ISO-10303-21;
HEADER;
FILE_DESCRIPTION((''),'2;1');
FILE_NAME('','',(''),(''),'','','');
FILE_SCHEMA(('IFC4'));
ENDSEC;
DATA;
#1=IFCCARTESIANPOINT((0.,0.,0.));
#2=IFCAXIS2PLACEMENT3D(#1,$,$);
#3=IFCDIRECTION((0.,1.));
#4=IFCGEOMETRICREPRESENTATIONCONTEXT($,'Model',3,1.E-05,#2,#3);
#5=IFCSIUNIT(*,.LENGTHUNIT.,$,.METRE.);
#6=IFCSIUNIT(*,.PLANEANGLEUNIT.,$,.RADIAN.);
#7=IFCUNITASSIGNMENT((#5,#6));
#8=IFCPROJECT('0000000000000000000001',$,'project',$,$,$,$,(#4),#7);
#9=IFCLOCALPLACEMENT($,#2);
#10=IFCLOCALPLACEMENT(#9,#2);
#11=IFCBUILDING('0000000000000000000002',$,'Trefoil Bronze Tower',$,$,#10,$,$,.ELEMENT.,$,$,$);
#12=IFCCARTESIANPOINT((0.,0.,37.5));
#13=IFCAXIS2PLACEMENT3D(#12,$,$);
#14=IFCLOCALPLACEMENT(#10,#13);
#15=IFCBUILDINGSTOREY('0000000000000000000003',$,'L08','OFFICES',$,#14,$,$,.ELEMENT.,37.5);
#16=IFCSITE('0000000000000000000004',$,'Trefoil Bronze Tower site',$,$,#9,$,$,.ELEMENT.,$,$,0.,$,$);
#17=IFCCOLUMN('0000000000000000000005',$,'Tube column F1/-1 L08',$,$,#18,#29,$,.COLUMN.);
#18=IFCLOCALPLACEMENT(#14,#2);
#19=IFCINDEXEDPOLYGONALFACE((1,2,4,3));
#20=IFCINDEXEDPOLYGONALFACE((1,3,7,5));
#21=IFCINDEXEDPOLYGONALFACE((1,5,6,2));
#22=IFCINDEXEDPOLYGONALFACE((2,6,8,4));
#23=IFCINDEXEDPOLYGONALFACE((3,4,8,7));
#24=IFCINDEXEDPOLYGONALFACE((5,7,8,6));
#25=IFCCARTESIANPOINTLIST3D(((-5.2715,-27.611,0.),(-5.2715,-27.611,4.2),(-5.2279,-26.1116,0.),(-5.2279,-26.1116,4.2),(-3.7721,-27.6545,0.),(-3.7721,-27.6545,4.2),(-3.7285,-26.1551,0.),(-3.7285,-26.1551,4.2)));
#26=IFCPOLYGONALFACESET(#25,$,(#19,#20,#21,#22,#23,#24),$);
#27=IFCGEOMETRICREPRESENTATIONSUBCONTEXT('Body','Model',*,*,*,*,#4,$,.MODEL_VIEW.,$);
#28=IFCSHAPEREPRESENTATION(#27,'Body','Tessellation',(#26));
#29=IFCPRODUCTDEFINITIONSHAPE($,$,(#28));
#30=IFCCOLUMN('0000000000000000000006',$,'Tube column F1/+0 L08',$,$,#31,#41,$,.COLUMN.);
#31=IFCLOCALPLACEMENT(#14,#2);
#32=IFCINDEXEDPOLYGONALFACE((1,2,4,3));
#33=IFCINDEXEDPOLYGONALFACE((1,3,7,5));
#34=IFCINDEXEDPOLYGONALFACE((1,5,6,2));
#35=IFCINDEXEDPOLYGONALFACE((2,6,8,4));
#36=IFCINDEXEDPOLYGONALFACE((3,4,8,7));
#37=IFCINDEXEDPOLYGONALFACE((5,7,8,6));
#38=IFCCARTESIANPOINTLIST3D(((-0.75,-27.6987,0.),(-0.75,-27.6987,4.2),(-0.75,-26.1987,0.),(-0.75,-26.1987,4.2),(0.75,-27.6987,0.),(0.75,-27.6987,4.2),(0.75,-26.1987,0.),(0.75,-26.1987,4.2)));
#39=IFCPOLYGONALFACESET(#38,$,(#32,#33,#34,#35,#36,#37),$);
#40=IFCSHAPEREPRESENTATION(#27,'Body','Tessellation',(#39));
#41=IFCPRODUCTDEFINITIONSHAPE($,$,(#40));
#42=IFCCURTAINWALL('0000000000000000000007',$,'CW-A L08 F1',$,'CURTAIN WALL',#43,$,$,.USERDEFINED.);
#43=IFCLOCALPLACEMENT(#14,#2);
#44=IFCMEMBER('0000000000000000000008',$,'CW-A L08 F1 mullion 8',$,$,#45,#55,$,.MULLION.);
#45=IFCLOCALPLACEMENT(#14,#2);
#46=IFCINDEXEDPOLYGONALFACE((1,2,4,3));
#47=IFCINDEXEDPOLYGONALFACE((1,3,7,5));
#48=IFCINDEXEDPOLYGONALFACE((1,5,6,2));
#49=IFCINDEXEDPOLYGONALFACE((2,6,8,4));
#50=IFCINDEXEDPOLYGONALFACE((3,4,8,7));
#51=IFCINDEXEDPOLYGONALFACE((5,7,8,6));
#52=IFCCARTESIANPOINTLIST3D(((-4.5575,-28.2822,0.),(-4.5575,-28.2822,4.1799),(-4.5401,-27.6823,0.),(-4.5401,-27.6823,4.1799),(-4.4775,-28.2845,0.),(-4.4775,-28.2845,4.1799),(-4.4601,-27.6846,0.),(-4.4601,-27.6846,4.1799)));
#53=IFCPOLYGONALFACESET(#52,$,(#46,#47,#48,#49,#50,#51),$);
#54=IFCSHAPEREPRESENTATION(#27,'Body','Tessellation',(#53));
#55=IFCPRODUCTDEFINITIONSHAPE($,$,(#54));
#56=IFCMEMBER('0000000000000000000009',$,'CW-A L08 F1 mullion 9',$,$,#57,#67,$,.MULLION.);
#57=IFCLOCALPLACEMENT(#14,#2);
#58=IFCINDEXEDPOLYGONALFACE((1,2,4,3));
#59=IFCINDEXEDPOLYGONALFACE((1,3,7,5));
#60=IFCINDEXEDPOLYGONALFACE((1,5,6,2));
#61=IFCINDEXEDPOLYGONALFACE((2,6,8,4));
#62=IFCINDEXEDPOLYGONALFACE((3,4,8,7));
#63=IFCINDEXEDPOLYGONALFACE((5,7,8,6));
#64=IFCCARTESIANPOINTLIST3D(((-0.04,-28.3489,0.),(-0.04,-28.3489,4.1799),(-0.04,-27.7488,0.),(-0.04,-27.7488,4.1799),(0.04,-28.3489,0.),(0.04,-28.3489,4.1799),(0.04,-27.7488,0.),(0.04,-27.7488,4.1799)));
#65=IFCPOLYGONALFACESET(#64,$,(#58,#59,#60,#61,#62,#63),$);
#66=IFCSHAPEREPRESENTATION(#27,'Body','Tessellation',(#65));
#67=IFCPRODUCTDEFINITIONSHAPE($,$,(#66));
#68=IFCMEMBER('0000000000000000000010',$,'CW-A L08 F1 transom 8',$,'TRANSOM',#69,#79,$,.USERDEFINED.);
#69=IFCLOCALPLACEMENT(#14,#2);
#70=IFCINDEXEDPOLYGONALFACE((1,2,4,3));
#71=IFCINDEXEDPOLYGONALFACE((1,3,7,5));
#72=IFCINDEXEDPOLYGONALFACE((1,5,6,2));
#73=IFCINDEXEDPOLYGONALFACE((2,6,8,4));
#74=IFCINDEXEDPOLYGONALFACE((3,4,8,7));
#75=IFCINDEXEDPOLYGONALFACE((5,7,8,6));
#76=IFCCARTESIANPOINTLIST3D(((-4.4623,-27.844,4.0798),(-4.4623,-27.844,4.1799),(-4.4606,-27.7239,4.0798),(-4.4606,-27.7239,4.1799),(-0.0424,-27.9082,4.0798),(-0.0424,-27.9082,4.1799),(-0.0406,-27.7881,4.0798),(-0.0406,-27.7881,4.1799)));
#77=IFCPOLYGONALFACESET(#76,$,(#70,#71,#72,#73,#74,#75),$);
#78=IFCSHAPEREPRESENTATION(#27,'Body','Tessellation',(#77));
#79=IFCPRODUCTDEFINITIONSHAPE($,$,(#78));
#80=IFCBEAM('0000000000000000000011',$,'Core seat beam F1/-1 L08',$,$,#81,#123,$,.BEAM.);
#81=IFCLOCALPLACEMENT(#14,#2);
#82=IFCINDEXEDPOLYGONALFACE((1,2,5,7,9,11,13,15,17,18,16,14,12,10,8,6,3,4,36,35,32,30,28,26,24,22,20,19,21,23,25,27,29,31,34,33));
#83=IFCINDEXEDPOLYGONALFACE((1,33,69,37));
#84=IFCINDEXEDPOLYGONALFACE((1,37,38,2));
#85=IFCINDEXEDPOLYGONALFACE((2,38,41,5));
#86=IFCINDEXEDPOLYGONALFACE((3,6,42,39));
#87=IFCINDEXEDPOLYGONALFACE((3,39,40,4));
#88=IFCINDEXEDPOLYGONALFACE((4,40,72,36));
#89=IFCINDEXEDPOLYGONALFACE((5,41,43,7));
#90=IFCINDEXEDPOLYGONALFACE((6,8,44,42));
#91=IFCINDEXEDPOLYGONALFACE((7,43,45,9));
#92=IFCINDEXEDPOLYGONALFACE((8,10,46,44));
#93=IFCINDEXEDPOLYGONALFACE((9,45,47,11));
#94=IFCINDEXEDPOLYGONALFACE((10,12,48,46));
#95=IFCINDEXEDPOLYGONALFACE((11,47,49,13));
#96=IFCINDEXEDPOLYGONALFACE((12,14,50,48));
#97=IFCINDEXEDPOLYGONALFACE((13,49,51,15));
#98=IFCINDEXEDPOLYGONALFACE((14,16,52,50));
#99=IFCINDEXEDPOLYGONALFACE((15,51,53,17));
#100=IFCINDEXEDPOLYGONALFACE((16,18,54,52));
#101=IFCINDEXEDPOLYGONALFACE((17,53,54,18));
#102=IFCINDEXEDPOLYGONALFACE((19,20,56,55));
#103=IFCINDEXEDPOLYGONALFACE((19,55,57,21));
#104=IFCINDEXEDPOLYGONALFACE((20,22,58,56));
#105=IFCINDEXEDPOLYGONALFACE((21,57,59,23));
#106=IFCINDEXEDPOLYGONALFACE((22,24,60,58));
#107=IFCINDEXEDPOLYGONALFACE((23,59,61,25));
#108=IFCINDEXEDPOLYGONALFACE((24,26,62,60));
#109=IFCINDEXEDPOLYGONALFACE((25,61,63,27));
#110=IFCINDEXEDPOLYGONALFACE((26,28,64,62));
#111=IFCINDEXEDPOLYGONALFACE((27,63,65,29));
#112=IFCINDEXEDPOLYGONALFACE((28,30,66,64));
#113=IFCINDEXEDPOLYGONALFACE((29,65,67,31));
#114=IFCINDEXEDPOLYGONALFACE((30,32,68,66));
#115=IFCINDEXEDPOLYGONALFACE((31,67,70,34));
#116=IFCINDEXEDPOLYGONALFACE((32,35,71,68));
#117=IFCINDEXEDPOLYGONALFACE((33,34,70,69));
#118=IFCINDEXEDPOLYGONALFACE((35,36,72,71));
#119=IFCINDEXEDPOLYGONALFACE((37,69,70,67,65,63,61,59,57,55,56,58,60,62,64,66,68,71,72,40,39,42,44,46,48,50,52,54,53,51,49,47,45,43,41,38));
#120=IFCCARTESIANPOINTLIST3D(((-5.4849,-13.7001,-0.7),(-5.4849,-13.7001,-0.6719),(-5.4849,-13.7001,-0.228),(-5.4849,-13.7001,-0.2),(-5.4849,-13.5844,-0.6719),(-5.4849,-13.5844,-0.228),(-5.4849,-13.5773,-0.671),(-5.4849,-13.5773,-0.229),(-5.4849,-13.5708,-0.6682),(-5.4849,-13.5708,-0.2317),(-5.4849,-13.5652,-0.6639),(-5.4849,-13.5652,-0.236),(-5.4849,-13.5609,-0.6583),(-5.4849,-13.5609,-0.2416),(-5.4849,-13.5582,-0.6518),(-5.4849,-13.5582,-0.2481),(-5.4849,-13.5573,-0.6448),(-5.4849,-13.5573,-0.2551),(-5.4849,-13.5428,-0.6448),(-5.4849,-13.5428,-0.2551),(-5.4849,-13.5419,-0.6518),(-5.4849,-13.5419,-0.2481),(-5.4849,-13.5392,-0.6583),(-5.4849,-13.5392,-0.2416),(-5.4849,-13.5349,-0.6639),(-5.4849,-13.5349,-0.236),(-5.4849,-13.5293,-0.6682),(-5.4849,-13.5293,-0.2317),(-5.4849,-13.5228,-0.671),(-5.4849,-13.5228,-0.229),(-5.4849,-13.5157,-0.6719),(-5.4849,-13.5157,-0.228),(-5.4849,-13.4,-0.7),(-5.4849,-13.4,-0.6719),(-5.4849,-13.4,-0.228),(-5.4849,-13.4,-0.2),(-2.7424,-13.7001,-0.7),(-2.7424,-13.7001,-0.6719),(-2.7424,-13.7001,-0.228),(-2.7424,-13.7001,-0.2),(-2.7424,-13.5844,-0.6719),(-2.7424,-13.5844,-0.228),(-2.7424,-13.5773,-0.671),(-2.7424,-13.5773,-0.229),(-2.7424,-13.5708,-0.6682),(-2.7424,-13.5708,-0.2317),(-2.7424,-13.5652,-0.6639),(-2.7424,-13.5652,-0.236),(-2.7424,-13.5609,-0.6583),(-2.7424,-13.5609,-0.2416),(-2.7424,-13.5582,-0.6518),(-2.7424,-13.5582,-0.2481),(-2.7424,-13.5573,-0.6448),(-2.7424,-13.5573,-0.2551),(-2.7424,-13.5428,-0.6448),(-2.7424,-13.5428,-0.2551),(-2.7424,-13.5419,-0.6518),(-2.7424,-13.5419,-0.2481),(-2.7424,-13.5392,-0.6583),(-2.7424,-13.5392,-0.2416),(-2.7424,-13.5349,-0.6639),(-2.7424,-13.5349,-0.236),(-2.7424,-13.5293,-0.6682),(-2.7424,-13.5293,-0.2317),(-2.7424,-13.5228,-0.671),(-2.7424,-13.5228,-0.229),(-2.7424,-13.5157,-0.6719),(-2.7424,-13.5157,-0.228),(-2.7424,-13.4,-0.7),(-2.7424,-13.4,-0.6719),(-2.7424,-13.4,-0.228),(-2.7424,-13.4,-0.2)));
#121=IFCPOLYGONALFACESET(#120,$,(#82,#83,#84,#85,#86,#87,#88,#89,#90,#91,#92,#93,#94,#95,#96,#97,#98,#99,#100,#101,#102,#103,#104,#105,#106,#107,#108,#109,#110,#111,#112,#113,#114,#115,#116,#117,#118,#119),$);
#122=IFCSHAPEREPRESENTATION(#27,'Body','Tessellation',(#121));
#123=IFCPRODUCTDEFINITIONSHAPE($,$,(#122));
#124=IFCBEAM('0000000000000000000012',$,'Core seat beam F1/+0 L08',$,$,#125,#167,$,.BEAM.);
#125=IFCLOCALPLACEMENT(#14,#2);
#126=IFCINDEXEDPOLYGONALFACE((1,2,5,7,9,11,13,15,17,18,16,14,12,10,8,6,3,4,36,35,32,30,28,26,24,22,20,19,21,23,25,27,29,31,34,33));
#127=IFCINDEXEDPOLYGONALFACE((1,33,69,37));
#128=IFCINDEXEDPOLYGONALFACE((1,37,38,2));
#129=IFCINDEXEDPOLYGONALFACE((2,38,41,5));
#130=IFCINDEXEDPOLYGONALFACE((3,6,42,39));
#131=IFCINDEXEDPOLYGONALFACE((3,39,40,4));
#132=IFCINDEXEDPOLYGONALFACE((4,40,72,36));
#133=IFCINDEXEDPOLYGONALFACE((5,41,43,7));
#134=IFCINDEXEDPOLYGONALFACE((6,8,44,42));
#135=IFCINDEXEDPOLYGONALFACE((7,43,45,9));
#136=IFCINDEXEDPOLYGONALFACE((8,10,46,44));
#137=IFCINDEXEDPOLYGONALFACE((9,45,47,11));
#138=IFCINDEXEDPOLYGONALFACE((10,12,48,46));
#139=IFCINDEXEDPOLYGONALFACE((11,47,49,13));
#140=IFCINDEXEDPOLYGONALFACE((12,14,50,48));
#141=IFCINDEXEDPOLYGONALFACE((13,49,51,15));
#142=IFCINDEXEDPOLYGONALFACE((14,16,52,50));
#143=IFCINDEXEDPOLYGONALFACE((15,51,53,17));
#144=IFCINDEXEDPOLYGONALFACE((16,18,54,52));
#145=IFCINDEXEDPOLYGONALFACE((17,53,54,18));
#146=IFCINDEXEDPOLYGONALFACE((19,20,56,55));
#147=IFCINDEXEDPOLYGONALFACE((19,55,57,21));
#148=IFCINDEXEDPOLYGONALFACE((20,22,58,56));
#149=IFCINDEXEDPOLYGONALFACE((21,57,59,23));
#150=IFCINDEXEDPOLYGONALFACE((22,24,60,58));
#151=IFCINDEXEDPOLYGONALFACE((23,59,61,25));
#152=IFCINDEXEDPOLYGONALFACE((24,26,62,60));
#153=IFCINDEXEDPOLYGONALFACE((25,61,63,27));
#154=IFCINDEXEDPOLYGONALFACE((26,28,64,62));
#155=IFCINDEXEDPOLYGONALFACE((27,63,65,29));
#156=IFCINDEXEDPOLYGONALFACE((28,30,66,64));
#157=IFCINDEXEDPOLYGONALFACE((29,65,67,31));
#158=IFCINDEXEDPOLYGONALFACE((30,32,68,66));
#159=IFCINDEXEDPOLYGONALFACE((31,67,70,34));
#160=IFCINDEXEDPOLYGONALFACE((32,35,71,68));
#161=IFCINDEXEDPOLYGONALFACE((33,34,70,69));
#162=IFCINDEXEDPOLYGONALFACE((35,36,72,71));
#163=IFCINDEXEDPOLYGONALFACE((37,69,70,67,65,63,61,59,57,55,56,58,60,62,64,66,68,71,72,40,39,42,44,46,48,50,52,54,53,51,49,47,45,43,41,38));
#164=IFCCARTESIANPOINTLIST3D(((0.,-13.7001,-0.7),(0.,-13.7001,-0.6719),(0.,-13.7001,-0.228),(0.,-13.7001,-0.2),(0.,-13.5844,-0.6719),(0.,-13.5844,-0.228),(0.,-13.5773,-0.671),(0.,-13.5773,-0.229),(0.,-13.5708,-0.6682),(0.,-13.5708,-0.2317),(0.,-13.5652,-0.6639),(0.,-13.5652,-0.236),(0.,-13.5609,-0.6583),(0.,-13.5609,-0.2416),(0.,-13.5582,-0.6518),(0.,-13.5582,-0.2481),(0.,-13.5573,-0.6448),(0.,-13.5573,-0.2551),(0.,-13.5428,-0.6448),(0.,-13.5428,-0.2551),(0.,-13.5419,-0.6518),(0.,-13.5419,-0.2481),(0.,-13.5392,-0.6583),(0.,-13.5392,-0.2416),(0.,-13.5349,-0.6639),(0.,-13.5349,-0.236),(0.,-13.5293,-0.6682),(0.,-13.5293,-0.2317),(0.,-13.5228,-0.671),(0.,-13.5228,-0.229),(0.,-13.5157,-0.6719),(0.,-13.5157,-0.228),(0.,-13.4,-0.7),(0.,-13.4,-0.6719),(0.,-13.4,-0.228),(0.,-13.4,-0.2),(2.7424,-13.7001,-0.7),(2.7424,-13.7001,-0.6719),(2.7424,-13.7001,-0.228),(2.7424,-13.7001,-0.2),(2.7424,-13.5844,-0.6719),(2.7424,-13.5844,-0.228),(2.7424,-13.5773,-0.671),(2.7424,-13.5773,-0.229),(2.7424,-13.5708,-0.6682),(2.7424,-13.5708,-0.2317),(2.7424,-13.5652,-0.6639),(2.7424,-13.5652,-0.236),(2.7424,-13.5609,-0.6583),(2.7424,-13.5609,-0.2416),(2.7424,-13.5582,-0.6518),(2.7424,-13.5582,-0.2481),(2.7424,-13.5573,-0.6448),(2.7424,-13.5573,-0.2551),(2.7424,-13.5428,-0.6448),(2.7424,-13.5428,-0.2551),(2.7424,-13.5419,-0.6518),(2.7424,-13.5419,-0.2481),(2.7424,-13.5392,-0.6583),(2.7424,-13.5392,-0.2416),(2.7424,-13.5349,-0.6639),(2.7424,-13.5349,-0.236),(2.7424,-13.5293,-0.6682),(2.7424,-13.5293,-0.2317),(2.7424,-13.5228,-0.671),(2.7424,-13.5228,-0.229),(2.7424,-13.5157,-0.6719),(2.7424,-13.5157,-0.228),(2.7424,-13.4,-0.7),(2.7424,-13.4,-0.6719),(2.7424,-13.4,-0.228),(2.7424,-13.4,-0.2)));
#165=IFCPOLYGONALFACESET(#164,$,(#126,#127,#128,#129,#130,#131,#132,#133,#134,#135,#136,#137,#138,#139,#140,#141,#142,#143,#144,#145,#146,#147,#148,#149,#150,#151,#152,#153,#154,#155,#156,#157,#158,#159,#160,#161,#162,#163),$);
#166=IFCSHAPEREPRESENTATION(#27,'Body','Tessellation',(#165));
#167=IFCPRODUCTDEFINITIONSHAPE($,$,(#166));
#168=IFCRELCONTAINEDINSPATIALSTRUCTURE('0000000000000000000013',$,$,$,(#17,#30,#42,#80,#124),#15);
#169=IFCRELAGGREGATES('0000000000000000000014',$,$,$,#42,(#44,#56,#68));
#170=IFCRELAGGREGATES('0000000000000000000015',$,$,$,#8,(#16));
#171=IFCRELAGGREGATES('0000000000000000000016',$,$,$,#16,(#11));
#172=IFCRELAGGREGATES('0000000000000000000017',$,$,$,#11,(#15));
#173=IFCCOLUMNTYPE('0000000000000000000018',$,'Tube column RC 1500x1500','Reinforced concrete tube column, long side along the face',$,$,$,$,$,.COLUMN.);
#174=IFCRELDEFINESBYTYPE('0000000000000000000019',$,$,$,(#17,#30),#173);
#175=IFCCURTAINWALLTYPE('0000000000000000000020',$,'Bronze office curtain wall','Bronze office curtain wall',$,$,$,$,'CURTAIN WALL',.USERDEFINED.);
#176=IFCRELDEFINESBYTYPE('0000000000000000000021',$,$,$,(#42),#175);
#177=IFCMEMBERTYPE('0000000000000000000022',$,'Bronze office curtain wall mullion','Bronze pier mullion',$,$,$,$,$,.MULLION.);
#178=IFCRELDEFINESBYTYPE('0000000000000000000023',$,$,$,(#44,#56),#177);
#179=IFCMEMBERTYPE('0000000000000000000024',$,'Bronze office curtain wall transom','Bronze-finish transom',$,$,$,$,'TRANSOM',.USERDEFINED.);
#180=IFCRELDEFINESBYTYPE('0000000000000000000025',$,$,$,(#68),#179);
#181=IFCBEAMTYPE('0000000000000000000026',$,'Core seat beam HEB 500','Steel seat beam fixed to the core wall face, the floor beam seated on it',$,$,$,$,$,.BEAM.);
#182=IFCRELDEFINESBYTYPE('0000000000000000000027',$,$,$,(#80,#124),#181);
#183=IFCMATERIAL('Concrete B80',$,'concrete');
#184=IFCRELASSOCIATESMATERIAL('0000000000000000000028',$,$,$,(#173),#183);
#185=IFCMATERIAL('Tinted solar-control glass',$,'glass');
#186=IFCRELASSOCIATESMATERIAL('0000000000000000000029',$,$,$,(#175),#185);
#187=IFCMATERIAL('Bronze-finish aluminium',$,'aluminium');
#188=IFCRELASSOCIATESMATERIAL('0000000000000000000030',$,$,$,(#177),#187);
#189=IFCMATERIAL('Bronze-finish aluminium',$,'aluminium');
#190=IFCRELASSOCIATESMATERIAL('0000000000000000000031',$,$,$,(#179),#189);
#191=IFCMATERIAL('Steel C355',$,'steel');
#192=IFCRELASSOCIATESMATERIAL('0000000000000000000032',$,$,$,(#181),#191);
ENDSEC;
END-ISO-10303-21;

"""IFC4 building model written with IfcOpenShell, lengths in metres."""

from ifc_helpers import new_model, si_unit, direction, frame, origin, origin_2d, place, context, subcontext, project, spatial, rectangle, i_section, extrude, material, material_profile, profile_set, type_object, element, aggregate, save


model = new_model("IFC4")

# Units and contexts
model_context = context("Model", 3, precision=1e-05, world=origin(), true_north=direction((0.0, 1.0)))
body_context = subcontext(model_context, "Body", "Model", "MODEL_VIEW")
ifc_project = project(units=[si_unit("LENGTHUNIT", "METRE"), si_unit("PLANEANGLEUNIT", "RADIAN")], contexts=[model_context])

# Site, building, storey
site_placement = place(None, origin())
site = spatial("IfcSite", under=ifc_project, at=site_placement, Name="Trefoil Bronze Tower site", CompositionType="ELEMENT", RefElevation=0.0)
building_placement = place(site_placement, origin())
building = spatial("IfcBuilding", under=site, at=building_placement, Name="Trefoil Bronze Tower", CompositionType="ELEMENT")
storey_placement = place(building_placement, frame((0.0, 0.0, 37.5)))
storey = spatial("IfcBuildingStorey", under=building, at=storey_placement, Name="L08", Description="OFFICES", CompositionType="ELEMENT", Elevation=37.5)

# Columns
ifc_material_1 = material(Name="Concrete B80", Category="concrete")
ifc_material_profile_1 = material_profile(ifc_material_1, rectangle(XDim=1.5, YDim=1.5, at=origin_2d()), Name="RC 1500x1500")
ifc_profile_set_1 = profile_set([ifc_material_profile_1], Name="Concrete B80")
column_type = type_object("IfcColumnType", Name="Tube column RC 1500x1500", Description="Reinforced concrete tube column, long side along the face", PredefinedType="COLUMN", material=ifc_profile_set_1)
for number, where, z_axis, x_axis, name in (
    (1, (-4.5, -26.8831, 0.0), (0.0, 0.0, 1.0), (0.999579, -0.029022, 0.0), "Tube column F1/-1 L08"),
    (2, (0.0, -26.9487, 0.0), (0.0, 0.0, 1.0), (1.0, 0.0, 0.0), "Tube column F1/+0 L08"),
):
    element("IfcColumn", number, at=place(storey_placement, frame(where, z_axis=z_axis, x_axis=x_axis)), inside=storey, type_object=column_type, Name=name, PredefinedType="COLUMN", context=body_context, shape_type="SweptSolid", body=[
        extrude(rectangle(XDim=1.5, YDim=1.5, at=origin_2d()), origin(), (0.0, 0.0, 1.0), 4.2),
    ])

# Curtain wall, members
ifc_material_2 = material(Name="Tinted solar-control glass", Category="glass")
curtain_wall_type = type_object("IfcCurtainWallType", Name="Bronze office curtain wall", Description="Bronze office curtain wall", ElementType="CURTAIN WALL", PredefinedType="USERDEFINED", material=ifc_material_2)
curtain_wall_placement = place(storey_placement, origin())
curtain_wall = element("IfcCurtainWall", 3, at=curtain_wall_placement, inside=storey, type_object=curtain_wall_type, Name="CW-A L08 F1", ObjectType="CURTAIN WALL", PredefinedType="USERDEFINED")
ifc_material_3 = material(Name="Bronze-finish aluminium", Category="aluminium")
ifc_material_profile_2 = material_profile(ifc_material_3, rectangle(XDim=0.6001, YDim=0.0801, at=origin_2d()), Name="CW-A mullion")
ifc_profile_set_2 = profile_set([ifc_material_profile_2], Name="Bronze-finish aluminium")
member_type_1 = type_object("IfcMemberType", Name="Bronze office curtain wall mullion", Description="Bronze pier mullion", PredefinedType="MULLION", material=ifc_profile_set_2)
member_1_placement = place(storey_placement, frame((-4.5088, -27.9834, 0.0), z_axis=(0.0, 0.0, 1.0), x_axis=(0.029022, 0.999579, 0.0)))
member_1 = element("IfcMember", 4, at=member_1_placement, type_object=member_type_1, Name="CW-A L08 F1 mullion 8", PredefinedType="MULLION", context=body_context, shape_type="SweptSolid", body=[
    extrude(rectangle(XDim=0.6001, YDim=0.0801, at=origin_2d()), origin(), (0.0, 0.0, 1.0), 4.1799),
])
member_2_placement = place(storey_placement, frame((0.0, -28.0488, 0.0), z_axis=(0.0, 0.0, 1.0), x_axis=(0.0, 1.0, 0.0)))
member_2 = element("IfcMember", 5, at=member_2_placement, type_object=member_type_1, Name="CW-A L08 F1 mullion 9", PredefinedType="MULLION", context=body_context, shape_type="SweptSolid", body=[
    extrude(rectangle(XDim=0.6001, YDim=0.0801, at=origin_2d()), origin(), (0.0, 0.0, 1.0), 4.1799),
])
ifc_material_4 = material(Name="Bronze-finish aluminium", Category="aluminium")
ifc_material_profile_3 = material_profile(ifc_material_4, rectangle(XDim=0.1201, YDim=0.1001, at=origin_2d()), Name="CW-A transom")
ifc_profile_set_3 = profile_set([ifc_material_profile_3], Name="Bronze-finish aluminium")
member_type_2 = type_object("IfcMemberType", Name="Bronze office curtain wall transom", Description="Bronze-finish transom", ElementType="TRANSOM", PredefinedType="USERDEFINED", material=ifc_profile_set_3)
member_3_placement = place(storey_placement, frame((-4.4614, -27.7839, 4.1299), z_axis=(0.999894, -0.014526, 0.0), x_axis=(0.014526, 0.999894, 0.0)))
member_3 = element("IfcMember", 6, at=member_3_placement, type_object=member_type_2, Name="CW-A L08 F1 transom 8", ObjectType="TRANSOM", PredefinedType="USERDEFINED", context=body_context, shape_type="SweptSolid", body=[
    extrude(rectangle(XDim=0.1201, YDim=0.1001, at=origin_2d()), origin(), (0.0, 0.0, 1.0), 4.4204),
])

# Beams
ifc_material_5 = material(Name="Steel C355", Category="steel")
ifc_material_profile_4 = material_profile(ifc_material_5, i_section(OverallWidth=0.3, OverallDepth=0.5, WebThickness=0.0144, FlangeThickness=0.0281, FilletRadius=0.0271, at=origin_2d()), Name="HEB 500")
ifc_profile_set_4 = profile_set([ifc_material_profile_4], Name="Steel C355")
beam_type_1 = type_object("IfcBeamType", Name="Core seat beam HEB 500", Description="Steel seat beam fixed to the core wall face, the floor beam seated on it", PredefinedType="BEAM", material=ifc_profile_set_4)
for number, where, z_axis, x_axis, name in (
    (7, (-5.4849, -13.55, -0.45), (1.0, 0.0, 0.0), (0.0, 1.0, 0.0), "Core seat beam F1/-1 L08"),
    (8, (0.0, -13.55, -0.45), (1.0, 0.0, 0.0), (0.0, 1.0, 0.0), "Core seat beam F1/+0 L08"),
):
    element("IfcBeam", number, at=place(storey_placement, frame(where, z_axis=z_axis, x_axis=x_axis)), inside=storey, type_object=beam_type_1, Name=name, PredefinedType="BEAM", context=body_context, shape_type="SweptSolid", body=[
        extrude(i_section(OverallWidth=0.3, OverallDepth=0.5, WebThickness=0.0144, FlangeThickness=0.0281, FilletRadius=0.0271, at=origin_2d()), origin(), (0.0, 0.0, 1.0), 2.7424),
    ])

aggregate(curtain_wall, [member_1, member_2, member_3])

save(model, "model.ifc")
